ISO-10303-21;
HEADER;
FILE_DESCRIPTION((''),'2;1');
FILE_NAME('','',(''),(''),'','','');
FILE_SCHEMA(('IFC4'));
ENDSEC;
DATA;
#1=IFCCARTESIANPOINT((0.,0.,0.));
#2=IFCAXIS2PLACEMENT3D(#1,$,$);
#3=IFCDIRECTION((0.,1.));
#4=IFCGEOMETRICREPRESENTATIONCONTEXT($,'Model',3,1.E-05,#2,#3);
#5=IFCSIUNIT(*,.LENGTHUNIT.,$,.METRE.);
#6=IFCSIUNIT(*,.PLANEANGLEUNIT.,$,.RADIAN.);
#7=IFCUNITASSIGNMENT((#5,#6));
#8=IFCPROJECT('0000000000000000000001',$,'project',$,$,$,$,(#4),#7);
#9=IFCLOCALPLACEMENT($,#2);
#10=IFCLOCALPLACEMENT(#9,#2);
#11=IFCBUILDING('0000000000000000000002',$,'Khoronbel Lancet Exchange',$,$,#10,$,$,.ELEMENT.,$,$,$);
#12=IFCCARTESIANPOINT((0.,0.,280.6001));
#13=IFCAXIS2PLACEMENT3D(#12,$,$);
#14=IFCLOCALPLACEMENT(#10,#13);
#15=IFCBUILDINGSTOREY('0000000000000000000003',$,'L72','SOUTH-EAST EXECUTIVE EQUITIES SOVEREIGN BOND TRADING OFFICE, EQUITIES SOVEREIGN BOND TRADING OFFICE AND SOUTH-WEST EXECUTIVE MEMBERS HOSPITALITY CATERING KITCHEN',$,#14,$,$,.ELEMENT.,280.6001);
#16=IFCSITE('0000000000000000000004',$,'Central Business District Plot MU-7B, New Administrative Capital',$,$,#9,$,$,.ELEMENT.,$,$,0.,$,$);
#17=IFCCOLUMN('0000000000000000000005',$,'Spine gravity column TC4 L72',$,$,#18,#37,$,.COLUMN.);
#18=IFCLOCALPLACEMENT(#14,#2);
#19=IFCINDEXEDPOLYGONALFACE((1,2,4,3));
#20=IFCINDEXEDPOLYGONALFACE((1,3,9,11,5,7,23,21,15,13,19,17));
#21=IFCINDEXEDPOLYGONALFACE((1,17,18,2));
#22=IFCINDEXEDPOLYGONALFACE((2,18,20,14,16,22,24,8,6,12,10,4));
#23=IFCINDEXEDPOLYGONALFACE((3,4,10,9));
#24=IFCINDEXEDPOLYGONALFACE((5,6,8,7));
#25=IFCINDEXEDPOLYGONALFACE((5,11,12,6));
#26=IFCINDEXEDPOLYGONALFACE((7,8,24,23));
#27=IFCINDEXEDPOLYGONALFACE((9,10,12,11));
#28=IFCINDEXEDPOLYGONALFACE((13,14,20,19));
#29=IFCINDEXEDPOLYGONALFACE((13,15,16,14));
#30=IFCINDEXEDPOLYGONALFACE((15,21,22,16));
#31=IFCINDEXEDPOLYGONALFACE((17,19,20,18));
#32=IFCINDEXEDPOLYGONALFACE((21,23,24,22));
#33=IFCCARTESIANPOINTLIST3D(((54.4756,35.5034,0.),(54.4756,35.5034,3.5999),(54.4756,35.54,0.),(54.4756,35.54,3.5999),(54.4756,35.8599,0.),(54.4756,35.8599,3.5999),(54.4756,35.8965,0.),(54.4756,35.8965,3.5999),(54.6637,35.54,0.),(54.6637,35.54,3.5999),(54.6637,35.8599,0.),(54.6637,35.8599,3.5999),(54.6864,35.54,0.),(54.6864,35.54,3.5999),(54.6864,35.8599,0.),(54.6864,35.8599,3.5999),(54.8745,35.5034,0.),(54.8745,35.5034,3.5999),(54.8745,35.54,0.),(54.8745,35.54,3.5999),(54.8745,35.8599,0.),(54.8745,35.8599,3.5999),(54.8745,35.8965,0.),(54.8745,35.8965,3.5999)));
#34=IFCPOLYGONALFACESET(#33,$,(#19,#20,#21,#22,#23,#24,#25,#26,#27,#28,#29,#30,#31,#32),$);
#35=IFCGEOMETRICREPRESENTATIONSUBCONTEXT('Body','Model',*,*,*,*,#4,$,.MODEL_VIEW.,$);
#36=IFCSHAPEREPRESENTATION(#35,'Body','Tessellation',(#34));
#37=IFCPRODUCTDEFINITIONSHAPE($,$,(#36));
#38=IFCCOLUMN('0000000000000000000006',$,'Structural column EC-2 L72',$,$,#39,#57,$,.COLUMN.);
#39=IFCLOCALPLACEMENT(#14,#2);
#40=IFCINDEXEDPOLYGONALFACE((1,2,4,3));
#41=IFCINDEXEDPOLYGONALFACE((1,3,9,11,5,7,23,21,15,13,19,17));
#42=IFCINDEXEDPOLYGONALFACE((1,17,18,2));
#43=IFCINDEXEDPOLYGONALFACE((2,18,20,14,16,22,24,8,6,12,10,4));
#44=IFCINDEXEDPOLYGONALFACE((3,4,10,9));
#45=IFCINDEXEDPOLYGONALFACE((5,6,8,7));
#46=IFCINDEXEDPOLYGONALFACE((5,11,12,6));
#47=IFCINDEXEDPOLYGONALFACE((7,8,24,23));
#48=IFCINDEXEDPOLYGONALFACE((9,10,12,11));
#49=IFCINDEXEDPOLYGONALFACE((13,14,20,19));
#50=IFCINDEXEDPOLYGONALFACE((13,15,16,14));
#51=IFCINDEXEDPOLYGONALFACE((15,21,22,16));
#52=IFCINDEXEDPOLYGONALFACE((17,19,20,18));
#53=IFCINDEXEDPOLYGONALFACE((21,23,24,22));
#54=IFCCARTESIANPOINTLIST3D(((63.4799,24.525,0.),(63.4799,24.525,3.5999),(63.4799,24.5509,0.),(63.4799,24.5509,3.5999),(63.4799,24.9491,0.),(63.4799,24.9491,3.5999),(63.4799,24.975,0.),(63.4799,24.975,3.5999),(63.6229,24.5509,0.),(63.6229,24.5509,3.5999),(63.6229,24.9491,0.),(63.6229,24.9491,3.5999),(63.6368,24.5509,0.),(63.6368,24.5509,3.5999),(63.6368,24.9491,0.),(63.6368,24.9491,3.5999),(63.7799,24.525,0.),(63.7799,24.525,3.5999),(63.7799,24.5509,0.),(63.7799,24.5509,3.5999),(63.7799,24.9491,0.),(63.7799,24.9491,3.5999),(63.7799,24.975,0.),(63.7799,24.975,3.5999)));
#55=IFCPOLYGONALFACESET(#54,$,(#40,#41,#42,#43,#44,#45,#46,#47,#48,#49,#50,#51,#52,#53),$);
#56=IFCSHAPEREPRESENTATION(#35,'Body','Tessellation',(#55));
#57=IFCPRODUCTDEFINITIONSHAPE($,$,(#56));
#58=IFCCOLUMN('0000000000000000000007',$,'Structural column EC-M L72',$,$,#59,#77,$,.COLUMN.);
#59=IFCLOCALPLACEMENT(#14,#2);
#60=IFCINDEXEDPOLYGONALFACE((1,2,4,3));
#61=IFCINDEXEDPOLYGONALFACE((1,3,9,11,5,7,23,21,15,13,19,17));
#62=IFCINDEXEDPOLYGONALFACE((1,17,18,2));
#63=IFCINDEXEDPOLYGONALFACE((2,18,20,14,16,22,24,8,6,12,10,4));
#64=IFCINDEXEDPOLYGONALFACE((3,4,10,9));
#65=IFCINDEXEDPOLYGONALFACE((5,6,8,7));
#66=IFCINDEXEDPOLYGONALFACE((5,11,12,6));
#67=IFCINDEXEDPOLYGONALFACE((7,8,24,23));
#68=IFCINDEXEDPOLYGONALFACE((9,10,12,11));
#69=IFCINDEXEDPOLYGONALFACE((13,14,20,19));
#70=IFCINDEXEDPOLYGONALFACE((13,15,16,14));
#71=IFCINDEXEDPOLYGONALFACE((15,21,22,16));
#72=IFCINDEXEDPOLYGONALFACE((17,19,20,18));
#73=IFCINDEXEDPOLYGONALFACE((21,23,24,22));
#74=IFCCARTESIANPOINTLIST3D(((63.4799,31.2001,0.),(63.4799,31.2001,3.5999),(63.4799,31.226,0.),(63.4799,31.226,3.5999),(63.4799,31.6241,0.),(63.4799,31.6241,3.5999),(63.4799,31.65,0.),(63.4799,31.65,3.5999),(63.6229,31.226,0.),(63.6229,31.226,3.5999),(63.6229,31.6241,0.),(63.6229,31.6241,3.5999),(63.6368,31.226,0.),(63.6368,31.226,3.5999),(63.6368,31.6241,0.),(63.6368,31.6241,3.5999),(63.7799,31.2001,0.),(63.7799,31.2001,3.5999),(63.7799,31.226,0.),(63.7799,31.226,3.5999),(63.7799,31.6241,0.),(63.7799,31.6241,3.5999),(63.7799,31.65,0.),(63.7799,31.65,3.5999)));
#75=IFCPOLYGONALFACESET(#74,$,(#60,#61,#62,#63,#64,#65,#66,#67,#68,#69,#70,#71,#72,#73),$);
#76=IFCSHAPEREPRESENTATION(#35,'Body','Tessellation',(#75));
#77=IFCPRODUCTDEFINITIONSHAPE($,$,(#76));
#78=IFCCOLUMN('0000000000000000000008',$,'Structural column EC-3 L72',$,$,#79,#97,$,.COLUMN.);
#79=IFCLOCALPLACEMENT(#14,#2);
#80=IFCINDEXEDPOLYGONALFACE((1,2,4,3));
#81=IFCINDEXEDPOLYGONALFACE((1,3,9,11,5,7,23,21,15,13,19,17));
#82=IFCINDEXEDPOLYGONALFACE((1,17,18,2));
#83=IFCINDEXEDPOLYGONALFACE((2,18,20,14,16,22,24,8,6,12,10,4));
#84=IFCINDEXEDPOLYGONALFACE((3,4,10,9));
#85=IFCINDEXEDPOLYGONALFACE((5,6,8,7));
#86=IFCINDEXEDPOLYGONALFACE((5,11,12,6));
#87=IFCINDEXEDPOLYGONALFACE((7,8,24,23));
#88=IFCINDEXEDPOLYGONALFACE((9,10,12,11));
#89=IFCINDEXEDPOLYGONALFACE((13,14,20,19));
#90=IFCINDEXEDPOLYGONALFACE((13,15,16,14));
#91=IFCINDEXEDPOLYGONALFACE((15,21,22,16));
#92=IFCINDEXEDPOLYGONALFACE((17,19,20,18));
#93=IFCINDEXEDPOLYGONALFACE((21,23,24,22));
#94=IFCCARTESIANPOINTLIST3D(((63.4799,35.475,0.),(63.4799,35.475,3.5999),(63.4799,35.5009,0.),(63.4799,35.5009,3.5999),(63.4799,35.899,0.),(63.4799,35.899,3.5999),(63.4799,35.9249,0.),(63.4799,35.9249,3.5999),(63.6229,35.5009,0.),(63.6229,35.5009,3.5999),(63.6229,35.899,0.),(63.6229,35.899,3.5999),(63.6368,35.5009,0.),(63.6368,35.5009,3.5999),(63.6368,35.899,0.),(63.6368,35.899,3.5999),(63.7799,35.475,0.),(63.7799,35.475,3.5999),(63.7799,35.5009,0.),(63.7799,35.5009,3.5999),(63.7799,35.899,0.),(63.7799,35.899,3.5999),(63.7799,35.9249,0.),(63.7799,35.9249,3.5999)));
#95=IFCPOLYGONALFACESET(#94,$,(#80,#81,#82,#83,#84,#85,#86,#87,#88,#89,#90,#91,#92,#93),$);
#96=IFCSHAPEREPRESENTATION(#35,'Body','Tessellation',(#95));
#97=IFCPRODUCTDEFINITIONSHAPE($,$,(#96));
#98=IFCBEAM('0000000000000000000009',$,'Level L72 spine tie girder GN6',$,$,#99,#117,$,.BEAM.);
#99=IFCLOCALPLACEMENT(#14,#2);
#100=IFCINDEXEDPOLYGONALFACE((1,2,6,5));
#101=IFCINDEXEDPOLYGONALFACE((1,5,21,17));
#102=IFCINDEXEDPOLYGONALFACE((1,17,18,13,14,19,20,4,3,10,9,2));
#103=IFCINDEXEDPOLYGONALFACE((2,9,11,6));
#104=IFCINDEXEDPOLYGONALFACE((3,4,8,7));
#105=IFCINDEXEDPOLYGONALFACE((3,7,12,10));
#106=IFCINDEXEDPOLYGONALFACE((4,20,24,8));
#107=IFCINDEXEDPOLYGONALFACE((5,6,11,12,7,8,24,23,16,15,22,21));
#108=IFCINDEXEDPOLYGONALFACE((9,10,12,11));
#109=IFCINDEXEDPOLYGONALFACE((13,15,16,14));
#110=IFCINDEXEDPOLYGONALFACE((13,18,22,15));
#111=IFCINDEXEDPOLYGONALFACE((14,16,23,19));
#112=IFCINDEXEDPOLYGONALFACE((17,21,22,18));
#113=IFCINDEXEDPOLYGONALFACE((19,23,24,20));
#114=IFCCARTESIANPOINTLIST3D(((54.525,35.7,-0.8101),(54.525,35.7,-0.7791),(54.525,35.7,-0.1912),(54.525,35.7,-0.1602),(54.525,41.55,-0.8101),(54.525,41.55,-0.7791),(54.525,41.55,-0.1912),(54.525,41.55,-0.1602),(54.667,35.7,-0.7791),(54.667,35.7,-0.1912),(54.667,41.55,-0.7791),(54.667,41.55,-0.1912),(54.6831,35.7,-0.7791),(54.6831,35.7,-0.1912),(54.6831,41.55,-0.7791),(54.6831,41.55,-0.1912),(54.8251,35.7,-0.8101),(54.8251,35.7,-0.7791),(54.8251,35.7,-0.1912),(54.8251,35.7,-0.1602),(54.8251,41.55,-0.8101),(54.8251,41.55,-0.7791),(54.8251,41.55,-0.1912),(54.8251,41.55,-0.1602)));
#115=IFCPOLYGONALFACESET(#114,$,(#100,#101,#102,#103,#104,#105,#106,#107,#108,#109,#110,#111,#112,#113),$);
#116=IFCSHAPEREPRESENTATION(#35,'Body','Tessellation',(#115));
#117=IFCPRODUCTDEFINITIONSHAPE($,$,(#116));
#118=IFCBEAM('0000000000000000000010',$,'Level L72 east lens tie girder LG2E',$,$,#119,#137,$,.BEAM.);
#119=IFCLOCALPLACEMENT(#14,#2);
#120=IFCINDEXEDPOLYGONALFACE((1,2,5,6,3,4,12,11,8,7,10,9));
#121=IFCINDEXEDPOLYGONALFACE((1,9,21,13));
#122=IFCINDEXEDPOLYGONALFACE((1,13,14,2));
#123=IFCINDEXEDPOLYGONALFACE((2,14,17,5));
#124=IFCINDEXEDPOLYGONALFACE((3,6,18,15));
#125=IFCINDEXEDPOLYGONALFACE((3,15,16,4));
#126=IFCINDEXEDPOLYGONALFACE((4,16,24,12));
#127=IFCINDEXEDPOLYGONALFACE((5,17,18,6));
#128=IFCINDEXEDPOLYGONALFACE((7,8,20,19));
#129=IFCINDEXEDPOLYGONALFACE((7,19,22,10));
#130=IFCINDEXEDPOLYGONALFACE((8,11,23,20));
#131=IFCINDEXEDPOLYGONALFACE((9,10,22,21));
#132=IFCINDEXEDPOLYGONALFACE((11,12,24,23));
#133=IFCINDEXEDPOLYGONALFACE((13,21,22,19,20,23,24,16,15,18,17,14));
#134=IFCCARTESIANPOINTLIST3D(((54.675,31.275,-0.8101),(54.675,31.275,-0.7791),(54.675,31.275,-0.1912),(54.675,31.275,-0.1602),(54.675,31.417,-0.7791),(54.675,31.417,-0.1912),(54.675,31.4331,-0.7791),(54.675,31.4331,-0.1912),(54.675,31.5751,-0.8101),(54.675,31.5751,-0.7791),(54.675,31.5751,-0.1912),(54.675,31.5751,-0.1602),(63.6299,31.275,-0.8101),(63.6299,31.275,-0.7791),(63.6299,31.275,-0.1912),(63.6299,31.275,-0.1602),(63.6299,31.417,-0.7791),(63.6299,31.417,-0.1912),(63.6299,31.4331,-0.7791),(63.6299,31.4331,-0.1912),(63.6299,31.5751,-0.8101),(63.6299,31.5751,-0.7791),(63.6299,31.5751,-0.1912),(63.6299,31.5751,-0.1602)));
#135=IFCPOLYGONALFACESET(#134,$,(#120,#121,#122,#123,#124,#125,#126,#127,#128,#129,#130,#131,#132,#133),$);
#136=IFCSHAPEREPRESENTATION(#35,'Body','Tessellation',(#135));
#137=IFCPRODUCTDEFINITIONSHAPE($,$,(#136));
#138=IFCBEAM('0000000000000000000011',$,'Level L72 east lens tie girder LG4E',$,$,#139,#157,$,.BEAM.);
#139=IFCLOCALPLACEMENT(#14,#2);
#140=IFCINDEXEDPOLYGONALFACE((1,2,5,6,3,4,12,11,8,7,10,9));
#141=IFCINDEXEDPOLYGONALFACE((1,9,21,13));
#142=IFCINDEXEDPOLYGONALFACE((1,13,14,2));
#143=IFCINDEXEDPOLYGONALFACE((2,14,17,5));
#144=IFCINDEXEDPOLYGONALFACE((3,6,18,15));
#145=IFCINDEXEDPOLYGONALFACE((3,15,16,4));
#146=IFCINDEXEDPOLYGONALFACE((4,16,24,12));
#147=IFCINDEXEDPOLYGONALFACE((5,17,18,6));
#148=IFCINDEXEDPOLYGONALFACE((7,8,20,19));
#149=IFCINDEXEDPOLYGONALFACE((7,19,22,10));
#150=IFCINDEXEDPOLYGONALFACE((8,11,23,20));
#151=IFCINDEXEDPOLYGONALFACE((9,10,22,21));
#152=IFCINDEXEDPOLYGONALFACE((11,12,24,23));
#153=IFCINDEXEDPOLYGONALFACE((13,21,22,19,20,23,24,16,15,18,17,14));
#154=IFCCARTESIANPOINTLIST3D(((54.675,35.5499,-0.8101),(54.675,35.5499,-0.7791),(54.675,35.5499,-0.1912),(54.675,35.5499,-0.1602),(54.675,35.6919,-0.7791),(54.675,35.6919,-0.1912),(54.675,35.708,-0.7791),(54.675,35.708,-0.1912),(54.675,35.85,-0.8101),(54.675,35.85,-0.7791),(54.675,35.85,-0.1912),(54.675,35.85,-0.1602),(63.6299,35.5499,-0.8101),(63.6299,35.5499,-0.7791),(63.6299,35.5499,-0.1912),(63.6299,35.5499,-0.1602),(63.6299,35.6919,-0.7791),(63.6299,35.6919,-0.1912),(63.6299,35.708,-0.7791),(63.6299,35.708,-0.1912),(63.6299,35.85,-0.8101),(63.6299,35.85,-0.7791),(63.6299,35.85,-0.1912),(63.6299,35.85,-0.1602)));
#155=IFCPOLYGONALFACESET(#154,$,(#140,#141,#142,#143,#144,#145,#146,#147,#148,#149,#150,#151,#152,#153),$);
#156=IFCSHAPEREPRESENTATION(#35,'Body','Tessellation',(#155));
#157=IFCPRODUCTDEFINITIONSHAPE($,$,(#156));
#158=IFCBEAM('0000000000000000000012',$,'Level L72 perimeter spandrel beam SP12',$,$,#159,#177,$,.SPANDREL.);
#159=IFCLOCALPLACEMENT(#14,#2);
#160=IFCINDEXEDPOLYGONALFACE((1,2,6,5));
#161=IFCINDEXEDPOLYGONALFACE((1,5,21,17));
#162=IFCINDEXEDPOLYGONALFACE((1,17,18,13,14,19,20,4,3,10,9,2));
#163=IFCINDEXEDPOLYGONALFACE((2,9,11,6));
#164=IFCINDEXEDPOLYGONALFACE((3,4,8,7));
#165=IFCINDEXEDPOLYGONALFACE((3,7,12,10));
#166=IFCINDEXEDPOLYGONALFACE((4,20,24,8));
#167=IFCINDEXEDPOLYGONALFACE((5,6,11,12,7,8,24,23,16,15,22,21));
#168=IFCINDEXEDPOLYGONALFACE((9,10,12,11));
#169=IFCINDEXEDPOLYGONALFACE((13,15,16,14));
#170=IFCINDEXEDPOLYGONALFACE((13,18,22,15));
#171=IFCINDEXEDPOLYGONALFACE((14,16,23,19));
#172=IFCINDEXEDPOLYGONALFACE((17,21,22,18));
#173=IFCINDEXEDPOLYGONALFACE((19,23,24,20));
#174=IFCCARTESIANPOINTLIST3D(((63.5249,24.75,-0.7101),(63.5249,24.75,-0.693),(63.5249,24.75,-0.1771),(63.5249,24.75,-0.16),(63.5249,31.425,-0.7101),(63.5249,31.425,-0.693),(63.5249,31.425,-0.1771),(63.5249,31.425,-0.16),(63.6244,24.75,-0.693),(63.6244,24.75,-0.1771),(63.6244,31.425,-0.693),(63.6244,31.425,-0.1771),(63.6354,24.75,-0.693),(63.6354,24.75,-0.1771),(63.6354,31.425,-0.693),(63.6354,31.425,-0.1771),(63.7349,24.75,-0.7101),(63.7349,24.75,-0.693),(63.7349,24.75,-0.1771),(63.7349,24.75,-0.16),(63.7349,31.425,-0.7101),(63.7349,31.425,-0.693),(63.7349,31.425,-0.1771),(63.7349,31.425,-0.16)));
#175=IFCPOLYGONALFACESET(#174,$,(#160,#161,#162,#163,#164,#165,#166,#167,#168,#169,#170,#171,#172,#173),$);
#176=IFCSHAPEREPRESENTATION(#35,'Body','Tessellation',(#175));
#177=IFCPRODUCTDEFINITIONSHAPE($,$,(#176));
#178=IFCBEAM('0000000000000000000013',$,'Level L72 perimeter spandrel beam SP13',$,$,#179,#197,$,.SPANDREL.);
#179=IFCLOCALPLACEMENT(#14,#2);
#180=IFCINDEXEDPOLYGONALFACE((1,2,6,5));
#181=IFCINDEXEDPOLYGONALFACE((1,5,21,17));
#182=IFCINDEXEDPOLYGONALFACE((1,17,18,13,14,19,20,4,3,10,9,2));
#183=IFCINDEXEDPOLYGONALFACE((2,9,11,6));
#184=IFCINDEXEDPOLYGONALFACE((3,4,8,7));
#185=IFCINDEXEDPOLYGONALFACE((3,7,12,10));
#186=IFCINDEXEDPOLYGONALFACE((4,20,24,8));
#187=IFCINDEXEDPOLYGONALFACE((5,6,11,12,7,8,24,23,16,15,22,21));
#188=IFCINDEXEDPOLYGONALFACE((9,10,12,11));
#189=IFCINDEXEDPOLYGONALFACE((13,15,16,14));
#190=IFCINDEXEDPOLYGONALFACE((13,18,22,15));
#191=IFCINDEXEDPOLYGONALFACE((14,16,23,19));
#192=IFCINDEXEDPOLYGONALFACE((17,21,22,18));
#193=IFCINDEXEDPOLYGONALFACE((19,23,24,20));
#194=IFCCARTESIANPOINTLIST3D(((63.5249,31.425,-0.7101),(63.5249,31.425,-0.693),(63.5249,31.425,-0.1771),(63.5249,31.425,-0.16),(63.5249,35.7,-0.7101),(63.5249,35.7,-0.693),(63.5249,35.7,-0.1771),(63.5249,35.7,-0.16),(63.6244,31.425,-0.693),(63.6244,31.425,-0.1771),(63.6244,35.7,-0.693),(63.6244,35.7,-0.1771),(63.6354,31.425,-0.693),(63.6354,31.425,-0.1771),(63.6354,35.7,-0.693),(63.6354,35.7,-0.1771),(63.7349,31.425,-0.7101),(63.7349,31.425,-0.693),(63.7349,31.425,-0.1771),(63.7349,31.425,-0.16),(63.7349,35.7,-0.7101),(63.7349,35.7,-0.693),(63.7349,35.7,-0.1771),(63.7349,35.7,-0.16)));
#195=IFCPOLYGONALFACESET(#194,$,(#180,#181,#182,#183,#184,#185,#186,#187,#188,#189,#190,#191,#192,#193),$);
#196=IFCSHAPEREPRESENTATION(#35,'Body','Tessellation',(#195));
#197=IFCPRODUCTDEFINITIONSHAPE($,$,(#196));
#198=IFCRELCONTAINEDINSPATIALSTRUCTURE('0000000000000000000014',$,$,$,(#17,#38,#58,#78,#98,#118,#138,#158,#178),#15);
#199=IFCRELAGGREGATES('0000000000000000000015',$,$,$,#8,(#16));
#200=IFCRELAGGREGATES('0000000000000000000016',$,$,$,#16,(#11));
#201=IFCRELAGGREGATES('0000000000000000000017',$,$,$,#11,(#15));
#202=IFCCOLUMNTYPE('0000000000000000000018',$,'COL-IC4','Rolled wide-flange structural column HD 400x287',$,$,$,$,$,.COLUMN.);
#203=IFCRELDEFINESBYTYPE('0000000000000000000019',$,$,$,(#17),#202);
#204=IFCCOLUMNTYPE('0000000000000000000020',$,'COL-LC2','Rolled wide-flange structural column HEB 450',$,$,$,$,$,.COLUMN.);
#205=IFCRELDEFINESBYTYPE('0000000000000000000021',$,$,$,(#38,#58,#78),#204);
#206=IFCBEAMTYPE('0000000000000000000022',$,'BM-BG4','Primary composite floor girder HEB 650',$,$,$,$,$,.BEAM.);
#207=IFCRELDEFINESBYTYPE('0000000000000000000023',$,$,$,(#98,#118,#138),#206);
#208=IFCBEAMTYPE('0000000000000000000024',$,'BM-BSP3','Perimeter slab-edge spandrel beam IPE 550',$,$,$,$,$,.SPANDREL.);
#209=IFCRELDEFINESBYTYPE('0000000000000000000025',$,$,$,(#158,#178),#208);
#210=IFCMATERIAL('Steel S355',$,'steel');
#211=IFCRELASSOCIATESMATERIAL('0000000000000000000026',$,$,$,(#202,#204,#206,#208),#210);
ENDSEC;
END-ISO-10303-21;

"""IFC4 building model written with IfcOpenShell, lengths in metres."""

from ifc_helpers import new_model, si_unit, direction, frame, origin, origin_2d, place, context, subcontext, project, spatial, i_section, extrude, material, material_profile, profile_set, type_object, element, save


model = new_model("IFC4")

# Units and contexts
model_context = context("Model", 3, precision=1e-05, world=origin(), true_north=direction((0.0, 1.0)))
body_context = subcontext(model_context, "Body", "Model", "MODEL_VIEW")
ifc_project = project(units=[si_unit("LENGTHUNIT", "METRE"), si_unit("PLANEANGLEUNIT", "RADIAN")], contexts=[model_context])

# Site, building, storey
site_placement = place(None, origin())
site = spatial("IfcSite", under=ifc_project, at=site_placement, Name="Central Business District Plot MU-7B, New Administrative Capital", CompositionType="ELEMENT", RefElevation=0.0)
building_placement = place(site_placement, origin())
building = spatial("IfcBuilding", under=site, at=building_placement, Name="Khoronbel Lancet Exchange", CompositionType="ELEMENT")
storey_placement = place(building_placement, frame((0.0, 0.0, 280.6001)))
storey = spatial("IfcBuildingStorey", under=building, at=storey_placement, Name="L72", Description="SOUTH-EAST EXECUTIVE EQUITIES SOVEREIGN BOND TRADING OFFICE, EQUITIES SOVEREIGN BOND TRADING OFFICE AND SOUTH-WEST EXECUTIVE MEMBERS HOSPITALITY CATERING KITCHEN", CompositionType="ELEMENT", Elevation=280.6001)

# Columns
ifc_material_1 = material(Name="Steel S355", Category="steel")
ifc_material_profile_1 = material_profile(ifc_material_1, i_section(OverallWidth=0.3989, OverallDepth=0.3931, WebThickness=0.0227, FlangeThickness=0.0366, at=origin_2d()), Name="HD 400x287")
ifc_profile_set_1 = profile_set([ifc_material_profile_1], Name="Steel S355")
column_type_1 = type_object("IfcColumnType", Name="COL-IC4", Description="Rolled wide-flange structural column HD 400x287", PredefinedType="COLUMN", material=ifc_profile_set_1)
column_placement = place(storey_placement, frame((54.675, 35.7, 0.0), z_axis=(0.0, 0.0, 1.0), x_axis=(1.0, 0.0, 0.0)))
element("IfcColumn", 1, at=column_placement, inside=storey, type_object=column_type_1, Name="Spine gravity column TC4 L72", PredefinedType="COLUMN", context=body_context, shape_type="SweptSolid", body=[
    extrude(i_section(OverallWidth=0.3989, OverallDepth=0.3931, WebThickness=0.0227, FlangeThickness=0.0366, at=origin_2d()), origin(), (0.0, 0.0, 1.0), 3.5999),
])
ifc_material_profile_2 = material_profile(ifc_material_1, i_section(OverallWidth=0.3, OverallDepth=0.45, WebThickness=0.0139, FlangeThickness=0.0259, at=origin_2d()), Name="HEB 450")
ifc_profile_set_2 = profile_set([ifc_material_profile_2], Name="Steel S355")
column_type_2 = type_object("IfcColumnType", Name="COL-LC2", Description="Rolled wide-flange structural column HEB 450", PredefinedType="COLUMN", material=ifc_profile_set_2)
for number, where, z_axis, x_axis, name in (
    (2, (63.6299, 24.75, 0.0), (0.0, 0.0, 1.0), (1.0, 0.0, 0.0), "Structural column EC-2 L72"),
    (3, (63.6299, 31.425, 0.0), (0.0, 0.0, 1.0), (1.0, 0.0, 0.0), "Structural column EC-M L72"),
    (4, (63.6299, 35.7, 0.0), (0.0, 0.0, 1.0), (1.0, 0.0, 0.0), "Structural column EC-3 L72"),
):
    element("IfcColumn", number, at=place(storey_placement, frame(where, z_axis=z_axis, x_axis=x_axis)), inside=storey, type_object=column_type_2, Name=name, PredefinedType="COLUMN", context=body_context, shape_type="SweptSolid", body=[
        extrude(i_section(OverallWidth=0.3, OverallDepth=0.45, WebThickness=0.0139, FlangeThickness=0.0259, at=origin_2d()), origin(), (0.0, 0.0, 1.0), 3.5999),
    ])

# Beams
ifc_material_profile_3 = material_profile(ifc_material_1, i_section(OverallWidth=0.3, OverallDepth=0.6499, WebThickness=0.0161, FlangeThickness=0.031, at=origin_2d()), Name="HEB 650")
ifc_profile_set_3 = profile_set([ifc_material_profile_3], Name="Steel S355")
beam_type_1 = type_object("IfcBeamType", Name="BM-BG4", Description="Primary composite floor girder HEB 650", PredefinedType="BEAM", material=ifc_profile_set_3)
beam_1_placement = place(storey_placement, frame((54.675, 35.7, -0.4851), z_axis=(0.0, 1.0, 0.0), x_axis=(-1.0, 0.0, 0.0)))
element("IfcBeam", 5, at=beam_1_placement, inside=storey, type_object=beam_type_1, Name="Level L72 spine tie girder GN6", PredefinedType="BEAM", context=body_context, shape_type="SweptSolid", body=[
    extrude(i_section(OverallWidth=0.3, OverallDepth=0.6499, WebThickness=0.0161, FlangeThickness=0.031, at=origin_2d()), origin(), (0.0, 0.0, 1.0), 5.8501),
])
for number, where, z_axis, x_axis, name in (
    (6, (54.675, 31.425, -0.4851), (1.0, 0.0, 0.0), (0.0, 1.0, 0.0), "Level L72 east lens tie girder LG2E"),
    (7, (54.675, 35.7, -0.4851), (1.0, 0.0, 0.0), (0.0, 1.0, 0.0), "Level L72 east lens tie girder LG4E"),
):
    element("IfcBeam", number, at=place(storey_placement, frame(where, z_axis=z_axis, x_axis=x_axis)), inside=storey, type_object=beam_type_1, Name=name, PredefinedType="BEAM", context=body_context, shape_type="SweptSolid", body=[
        extrude(i_section(OverallWidth=0.3, OverallDepth=0.6499, WebThickness=0.0161, FlangeThickness=0.031, at=origin_2d()), origin(), (0.0, 0.0, 1.0), 8.9548),
    ])
ifc_material_profile_4 = material_profile(ifc_material_1, i_section(OverallWidth=0.21, OverallDepth=0.55, WebThickness=0.011, FlangeThickness=0.0171, at=origin_2d()), Name="IPE 550")
ifc_profile_set_4 = profile_set([ifc_material_profile_4], Name="Steel S355")
beam_type_2 = type_object("IfcBeamType", Name="BM-BSP3", Description="Perimeter slab-edge spandrel beam IPE 550", PredefinedType="SPANDREL", material=ifc_profile_set_4)
beam_2_placement = place(storey_placement, frame((63.6299, 24.75, -0.4351), z_axis=(0.0, 1.0, 0.0), x_axis=(-1.0, 0.0, 0.0)))
element("IfcBeam", 8, at=beam_2_placement, inside=storey, type_object=beam_type_2, Name="Level L72 perimeter spandrel beam SP12", PredefinedType="SPANDREL", context=body_context, shape_type="SweptSolid", body=[
    extrude(i_section(OverallWidth=0.21, OverallDepth=0.55, WebThickness=0.011, FlangeThickness=0.0171, at=origin_2d()), origin(), (0.0, 0.0, 1.0), 6.675),
])
beam_3_placement = place(storey_placement, frame((63.6299, 31.425, -0.4351), z_axis=(0.0, 1.0, 0.0), x_axis=(-1.0, 0.0, 0.0)))
element("IfcBeam", 9, at=beam_3_placement, inside=storey, type_object=beam_type_2, Name="Level L72 perimeter spandrel beam SP13", PredefinedType="SPANDREL", context=body_context, shape_type="SweptSolid", body=[
    extrude(i_section(OverallWidth=0.21, OverallDepth=0.55, WebThickness=0.011, FlangeThickness=0.0171, at=origin_2d()), origin(), (0.0, 0.0, 1.0), 4.2749),
])

save(model, "model.ifc")
